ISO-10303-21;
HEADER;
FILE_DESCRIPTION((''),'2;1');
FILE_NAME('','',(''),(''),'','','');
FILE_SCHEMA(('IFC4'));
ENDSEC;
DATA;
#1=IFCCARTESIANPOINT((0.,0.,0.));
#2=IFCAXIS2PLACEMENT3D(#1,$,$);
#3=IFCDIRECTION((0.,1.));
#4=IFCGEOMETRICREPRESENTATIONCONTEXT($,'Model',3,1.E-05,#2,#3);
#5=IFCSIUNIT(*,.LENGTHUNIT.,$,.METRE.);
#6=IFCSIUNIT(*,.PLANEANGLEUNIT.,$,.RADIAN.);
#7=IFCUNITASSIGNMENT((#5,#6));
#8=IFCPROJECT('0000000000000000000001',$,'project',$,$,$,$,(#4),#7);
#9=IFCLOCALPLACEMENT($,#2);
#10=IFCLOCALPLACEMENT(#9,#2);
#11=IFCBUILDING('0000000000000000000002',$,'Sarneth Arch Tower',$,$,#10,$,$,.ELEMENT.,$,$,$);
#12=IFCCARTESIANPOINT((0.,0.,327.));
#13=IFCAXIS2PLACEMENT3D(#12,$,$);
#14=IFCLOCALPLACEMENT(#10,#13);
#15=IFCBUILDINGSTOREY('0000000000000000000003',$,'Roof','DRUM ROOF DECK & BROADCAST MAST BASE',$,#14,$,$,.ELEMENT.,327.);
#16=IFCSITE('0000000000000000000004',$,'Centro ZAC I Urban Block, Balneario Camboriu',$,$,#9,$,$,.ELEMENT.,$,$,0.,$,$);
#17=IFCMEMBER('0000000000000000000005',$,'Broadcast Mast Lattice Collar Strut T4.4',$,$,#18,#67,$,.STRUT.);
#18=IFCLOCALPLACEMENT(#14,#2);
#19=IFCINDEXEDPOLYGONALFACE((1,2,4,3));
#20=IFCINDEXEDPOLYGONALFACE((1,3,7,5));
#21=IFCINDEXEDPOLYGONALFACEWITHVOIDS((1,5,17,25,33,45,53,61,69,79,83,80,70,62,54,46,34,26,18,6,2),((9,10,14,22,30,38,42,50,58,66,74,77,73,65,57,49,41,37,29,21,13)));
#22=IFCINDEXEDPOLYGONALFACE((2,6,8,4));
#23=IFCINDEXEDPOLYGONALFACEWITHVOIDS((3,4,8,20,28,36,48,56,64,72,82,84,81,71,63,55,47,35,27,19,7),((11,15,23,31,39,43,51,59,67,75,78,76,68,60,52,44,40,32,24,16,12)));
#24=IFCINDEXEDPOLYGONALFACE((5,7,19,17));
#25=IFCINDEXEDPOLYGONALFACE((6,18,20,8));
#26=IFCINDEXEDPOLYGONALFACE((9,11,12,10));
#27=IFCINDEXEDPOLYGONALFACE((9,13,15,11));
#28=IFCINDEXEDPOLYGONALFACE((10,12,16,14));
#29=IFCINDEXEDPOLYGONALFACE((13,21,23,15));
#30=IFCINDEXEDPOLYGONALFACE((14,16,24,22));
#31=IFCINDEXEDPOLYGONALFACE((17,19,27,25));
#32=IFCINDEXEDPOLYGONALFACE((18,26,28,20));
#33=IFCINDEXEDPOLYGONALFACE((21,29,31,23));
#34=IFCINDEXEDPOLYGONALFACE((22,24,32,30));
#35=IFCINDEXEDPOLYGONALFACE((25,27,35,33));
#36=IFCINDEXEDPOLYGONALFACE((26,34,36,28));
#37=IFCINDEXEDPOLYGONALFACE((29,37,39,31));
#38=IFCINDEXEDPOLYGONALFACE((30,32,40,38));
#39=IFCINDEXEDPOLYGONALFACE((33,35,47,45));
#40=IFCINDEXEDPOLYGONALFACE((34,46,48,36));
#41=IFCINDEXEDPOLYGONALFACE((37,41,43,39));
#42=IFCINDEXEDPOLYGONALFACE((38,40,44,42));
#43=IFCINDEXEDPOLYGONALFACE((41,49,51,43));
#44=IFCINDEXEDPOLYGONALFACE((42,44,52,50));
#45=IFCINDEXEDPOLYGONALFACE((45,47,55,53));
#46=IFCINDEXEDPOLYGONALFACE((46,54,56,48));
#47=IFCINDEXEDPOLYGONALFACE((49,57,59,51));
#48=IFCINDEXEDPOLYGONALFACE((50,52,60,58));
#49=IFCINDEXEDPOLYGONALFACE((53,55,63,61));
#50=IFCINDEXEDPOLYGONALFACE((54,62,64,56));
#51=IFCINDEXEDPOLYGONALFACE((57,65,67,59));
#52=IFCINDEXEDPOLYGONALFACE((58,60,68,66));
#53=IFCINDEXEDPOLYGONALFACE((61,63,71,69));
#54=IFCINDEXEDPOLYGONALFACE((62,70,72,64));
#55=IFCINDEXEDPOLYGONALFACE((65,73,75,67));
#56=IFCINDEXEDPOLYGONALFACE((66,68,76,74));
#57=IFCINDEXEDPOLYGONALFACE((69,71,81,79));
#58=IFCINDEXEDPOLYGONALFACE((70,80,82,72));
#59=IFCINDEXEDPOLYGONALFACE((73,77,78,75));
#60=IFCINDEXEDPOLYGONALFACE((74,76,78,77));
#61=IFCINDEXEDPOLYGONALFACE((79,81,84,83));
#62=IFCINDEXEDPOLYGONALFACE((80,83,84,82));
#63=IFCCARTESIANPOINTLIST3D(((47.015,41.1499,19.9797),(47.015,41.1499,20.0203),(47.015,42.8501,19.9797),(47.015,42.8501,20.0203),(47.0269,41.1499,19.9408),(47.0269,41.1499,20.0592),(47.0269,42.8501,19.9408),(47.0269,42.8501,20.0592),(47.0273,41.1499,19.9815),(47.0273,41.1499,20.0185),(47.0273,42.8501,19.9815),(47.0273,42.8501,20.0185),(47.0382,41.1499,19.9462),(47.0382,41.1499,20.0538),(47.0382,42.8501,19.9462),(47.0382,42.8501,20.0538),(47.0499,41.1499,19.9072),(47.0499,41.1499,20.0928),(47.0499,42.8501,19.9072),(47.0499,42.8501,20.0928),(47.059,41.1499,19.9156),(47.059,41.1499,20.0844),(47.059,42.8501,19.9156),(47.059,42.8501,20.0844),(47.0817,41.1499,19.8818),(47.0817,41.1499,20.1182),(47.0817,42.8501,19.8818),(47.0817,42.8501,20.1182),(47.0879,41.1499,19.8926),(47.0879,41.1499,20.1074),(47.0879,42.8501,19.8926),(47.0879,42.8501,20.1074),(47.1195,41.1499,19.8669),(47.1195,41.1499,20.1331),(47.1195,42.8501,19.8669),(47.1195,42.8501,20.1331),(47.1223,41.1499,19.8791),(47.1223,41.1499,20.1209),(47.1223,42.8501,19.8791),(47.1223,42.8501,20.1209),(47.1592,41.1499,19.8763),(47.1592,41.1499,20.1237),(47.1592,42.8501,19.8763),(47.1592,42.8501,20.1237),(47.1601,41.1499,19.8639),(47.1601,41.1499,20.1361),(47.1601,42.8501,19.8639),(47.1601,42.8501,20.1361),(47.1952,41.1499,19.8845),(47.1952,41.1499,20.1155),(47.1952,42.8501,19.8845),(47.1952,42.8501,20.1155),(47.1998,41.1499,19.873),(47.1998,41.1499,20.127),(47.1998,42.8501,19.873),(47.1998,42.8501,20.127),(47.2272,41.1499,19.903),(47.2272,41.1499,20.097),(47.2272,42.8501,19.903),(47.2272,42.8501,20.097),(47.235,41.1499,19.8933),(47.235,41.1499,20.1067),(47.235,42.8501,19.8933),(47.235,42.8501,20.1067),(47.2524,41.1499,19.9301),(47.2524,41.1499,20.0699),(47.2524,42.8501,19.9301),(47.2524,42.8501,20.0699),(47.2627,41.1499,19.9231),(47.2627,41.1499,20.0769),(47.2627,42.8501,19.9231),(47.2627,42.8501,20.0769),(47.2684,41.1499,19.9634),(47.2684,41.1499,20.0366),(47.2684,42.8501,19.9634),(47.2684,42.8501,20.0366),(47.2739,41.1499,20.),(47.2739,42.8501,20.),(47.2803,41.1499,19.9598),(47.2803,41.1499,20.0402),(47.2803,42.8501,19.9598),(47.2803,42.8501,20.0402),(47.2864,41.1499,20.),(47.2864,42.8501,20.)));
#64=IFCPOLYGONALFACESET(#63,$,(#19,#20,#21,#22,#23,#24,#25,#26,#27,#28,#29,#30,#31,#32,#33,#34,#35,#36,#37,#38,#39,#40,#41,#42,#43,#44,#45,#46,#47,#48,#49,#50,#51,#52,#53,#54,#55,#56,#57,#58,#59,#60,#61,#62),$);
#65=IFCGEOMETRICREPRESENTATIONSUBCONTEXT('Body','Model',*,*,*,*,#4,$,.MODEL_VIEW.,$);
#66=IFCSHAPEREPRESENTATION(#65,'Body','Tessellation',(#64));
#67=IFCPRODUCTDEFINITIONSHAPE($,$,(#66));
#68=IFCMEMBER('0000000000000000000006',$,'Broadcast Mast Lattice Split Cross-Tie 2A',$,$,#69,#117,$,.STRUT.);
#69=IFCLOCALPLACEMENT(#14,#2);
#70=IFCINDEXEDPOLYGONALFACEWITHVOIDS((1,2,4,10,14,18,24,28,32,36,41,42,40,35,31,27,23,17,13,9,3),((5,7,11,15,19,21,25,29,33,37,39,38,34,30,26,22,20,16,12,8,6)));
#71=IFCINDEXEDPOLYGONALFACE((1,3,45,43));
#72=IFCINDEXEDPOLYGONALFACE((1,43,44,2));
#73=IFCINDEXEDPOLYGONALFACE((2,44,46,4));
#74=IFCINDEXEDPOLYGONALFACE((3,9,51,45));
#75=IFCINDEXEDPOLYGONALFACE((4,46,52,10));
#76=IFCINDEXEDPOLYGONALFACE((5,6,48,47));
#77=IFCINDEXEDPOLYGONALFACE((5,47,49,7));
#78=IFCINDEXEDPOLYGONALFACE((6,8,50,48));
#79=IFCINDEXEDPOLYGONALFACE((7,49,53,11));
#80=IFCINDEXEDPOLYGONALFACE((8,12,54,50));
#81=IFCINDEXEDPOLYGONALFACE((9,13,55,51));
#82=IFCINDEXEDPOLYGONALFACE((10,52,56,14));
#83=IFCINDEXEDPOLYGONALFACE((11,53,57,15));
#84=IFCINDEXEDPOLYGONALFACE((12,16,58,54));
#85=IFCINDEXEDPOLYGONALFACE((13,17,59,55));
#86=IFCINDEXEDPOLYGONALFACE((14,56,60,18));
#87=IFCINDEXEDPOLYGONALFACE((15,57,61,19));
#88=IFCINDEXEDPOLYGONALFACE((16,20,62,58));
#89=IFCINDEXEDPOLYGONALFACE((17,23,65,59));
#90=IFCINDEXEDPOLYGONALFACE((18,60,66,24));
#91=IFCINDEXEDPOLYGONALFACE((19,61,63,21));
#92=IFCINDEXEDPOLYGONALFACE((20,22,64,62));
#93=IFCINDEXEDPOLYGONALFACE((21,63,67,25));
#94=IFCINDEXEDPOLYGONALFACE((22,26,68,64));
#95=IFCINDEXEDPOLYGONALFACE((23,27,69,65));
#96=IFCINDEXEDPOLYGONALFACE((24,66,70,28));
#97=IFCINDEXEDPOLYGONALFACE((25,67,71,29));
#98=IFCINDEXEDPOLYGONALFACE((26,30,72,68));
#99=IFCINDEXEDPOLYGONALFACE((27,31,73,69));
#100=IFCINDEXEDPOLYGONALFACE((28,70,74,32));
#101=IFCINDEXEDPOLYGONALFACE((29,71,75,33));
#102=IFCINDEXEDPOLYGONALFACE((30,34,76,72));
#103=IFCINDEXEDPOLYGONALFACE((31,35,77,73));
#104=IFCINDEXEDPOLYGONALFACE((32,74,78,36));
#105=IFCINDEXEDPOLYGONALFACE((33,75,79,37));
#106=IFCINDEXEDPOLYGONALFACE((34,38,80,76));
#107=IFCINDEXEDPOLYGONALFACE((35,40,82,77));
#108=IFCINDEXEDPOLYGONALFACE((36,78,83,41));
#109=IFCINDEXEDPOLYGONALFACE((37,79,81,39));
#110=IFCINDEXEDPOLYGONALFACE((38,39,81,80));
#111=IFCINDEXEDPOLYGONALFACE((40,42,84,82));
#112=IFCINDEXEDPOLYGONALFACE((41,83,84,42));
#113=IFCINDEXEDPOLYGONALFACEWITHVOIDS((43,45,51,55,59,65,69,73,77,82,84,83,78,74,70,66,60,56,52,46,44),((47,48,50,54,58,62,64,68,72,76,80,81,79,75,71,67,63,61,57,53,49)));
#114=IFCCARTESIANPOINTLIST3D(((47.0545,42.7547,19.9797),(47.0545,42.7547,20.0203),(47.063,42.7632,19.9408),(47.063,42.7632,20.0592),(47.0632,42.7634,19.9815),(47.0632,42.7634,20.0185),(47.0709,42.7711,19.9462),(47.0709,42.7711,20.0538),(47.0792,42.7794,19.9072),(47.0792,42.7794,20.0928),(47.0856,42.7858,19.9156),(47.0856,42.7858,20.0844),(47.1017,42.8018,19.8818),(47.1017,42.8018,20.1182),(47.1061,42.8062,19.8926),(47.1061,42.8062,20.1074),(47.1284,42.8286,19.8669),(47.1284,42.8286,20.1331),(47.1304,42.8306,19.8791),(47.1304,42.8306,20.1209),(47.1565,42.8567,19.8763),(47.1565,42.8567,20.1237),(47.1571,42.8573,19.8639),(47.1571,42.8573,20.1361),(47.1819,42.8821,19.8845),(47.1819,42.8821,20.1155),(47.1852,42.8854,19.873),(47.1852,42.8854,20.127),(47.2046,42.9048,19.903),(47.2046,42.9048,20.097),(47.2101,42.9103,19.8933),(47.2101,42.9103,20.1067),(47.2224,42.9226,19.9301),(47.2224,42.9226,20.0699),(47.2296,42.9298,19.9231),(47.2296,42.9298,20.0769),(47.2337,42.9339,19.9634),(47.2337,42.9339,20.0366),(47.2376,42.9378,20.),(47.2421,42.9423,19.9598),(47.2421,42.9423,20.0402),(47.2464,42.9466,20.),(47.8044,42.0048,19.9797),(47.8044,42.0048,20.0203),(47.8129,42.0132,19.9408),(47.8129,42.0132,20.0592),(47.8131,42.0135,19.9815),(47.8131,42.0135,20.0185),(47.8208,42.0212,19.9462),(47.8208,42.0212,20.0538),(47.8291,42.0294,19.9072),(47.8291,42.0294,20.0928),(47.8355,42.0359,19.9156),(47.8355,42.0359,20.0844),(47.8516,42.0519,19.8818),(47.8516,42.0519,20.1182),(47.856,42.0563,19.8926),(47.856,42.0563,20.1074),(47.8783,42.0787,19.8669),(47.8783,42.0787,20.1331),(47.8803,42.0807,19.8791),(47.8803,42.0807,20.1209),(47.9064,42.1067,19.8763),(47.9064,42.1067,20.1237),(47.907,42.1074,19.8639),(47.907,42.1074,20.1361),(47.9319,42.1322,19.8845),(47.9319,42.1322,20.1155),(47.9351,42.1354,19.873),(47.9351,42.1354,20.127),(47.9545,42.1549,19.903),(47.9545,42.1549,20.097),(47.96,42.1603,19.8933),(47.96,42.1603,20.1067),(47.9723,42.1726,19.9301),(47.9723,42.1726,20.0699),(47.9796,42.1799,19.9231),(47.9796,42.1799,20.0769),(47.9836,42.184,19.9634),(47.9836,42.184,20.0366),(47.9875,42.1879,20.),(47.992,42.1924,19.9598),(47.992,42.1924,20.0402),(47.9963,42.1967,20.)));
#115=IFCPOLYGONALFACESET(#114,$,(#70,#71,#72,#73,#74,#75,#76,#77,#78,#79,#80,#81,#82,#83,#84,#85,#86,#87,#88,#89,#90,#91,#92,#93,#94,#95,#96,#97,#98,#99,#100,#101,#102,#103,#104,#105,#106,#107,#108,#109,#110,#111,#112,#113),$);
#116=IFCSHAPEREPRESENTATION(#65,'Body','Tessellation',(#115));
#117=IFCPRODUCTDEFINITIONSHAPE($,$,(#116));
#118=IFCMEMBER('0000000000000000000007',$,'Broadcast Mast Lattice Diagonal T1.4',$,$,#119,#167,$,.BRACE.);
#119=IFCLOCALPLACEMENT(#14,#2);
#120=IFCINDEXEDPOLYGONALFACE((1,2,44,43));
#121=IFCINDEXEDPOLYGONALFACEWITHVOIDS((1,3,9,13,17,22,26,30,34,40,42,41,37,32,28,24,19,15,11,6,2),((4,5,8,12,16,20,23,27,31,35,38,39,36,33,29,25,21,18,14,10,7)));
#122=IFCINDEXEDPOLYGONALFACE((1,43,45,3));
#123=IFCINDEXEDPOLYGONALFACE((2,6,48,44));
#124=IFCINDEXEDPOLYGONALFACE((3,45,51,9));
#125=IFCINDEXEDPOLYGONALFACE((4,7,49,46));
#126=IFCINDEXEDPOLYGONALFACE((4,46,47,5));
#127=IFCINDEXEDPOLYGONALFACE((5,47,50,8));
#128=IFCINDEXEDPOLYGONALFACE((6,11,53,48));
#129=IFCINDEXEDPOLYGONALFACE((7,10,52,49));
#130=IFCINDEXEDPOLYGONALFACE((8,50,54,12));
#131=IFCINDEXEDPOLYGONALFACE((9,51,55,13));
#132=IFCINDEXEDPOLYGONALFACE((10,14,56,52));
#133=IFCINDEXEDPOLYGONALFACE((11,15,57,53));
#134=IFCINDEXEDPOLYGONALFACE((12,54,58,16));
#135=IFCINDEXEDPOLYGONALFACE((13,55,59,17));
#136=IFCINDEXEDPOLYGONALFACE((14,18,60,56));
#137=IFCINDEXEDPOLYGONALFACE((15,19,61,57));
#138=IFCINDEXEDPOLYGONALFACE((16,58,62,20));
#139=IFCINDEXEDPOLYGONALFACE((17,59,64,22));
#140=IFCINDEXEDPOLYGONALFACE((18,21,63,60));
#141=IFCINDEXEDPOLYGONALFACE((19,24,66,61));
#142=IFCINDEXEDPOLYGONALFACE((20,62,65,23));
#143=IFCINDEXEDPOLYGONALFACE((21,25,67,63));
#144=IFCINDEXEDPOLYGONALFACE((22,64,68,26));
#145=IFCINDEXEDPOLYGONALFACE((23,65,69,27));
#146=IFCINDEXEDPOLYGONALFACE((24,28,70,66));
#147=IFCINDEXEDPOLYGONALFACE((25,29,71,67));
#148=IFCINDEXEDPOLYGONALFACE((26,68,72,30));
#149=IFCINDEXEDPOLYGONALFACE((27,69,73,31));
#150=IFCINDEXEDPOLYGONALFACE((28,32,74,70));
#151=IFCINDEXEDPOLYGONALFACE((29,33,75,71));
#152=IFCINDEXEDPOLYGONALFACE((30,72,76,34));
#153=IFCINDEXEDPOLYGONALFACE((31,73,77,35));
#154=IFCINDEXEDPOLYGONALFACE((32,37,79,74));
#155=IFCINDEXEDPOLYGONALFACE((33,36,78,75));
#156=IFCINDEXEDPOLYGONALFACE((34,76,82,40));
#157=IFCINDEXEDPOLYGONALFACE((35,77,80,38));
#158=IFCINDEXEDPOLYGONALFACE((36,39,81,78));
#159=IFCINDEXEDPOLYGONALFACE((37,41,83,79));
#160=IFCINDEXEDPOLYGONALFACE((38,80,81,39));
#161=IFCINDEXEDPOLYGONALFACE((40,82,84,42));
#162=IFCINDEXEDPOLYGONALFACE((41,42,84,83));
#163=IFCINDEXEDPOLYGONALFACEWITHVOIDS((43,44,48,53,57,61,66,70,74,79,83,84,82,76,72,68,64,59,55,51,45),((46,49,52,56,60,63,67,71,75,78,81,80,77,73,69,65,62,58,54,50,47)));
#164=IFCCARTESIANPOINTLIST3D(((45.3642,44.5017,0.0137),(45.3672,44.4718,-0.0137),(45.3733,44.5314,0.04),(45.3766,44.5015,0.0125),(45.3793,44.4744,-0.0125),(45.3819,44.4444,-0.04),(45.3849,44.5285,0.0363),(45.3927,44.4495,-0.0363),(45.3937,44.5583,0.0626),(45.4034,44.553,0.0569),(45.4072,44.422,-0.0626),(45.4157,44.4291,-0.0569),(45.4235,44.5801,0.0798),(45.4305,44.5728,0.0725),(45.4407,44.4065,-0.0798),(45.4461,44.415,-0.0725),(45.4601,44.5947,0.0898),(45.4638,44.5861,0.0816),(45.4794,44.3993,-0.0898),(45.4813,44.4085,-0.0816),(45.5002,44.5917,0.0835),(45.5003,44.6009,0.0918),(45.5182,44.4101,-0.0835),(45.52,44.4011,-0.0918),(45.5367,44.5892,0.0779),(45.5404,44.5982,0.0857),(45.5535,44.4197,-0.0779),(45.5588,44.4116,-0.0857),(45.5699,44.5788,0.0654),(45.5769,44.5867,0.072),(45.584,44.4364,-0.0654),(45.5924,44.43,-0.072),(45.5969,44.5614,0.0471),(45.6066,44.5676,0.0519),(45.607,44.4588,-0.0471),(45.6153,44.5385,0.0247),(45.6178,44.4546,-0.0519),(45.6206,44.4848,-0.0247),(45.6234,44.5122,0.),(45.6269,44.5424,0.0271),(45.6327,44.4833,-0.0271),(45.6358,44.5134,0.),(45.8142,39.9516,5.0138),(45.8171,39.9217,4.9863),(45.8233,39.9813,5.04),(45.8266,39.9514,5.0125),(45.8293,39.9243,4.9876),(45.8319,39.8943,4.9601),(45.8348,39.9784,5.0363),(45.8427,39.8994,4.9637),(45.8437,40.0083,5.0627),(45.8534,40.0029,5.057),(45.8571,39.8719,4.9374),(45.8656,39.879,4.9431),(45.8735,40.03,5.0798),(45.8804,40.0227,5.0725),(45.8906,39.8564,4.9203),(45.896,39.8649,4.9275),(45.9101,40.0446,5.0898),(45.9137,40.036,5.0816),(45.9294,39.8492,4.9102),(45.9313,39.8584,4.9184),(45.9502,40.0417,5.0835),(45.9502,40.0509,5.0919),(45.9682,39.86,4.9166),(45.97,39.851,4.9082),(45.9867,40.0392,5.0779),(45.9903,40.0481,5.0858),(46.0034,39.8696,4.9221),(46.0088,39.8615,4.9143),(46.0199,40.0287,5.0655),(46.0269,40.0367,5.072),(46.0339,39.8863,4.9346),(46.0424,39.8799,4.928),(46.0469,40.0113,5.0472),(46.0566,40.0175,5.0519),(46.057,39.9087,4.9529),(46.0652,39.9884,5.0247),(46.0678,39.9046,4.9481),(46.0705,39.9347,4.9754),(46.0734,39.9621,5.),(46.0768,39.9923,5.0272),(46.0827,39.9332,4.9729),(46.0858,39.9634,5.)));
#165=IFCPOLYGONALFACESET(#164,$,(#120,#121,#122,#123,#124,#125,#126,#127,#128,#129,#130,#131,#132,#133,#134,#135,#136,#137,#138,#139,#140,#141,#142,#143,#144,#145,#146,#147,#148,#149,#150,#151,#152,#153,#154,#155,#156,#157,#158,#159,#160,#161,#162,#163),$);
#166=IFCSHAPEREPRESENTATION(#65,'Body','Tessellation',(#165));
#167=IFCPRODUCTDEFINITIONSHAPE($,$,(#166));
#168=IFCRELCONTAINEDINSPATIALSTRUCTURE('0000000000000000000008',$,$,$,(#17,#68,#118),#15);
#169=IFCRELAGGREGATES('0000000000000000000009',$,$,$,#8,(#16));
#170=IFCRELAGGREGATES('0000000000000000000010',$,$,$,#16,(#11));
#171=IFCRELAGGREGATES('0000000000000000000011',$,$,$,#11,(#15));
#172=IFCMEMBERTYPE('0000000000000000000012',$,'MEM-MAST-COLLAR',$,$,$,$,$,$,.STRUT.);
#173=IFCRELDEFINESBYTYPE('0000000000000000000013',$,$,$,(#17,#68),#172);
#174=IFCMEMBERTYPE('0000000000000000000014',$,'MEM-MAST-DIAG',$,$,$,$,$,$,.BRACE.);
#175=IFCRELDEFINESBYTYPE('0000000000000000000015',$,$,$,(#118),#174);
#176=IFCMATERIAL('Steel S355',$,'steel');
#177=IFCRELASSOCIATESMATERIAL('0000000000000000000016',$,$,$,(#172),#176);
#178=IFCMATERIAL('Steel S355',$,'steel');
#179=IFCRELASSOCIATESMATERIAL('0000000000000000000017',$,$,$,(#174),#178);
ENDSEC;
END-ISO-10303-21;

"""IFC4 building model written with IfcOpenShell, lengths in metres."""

from ifc_helpers import new_model, si_unit, direction, frame, origin, origin_2d, place, context, subcontext, project, spatial, hollow_circle, extrude, material, material_profile, profile_set, type_object, element, save


model = new_model("IFC4")

# Units and contexts
model_context = context("Model", 3, precision=1e-05, world=origin(), true_north=direction((0.0, 1.0)))
body_context = subcontext(model_context, "Body", "Model", "MODEL_VIEW")
ifc_project = project(units=[si_unit("LENGTHUNIT", "METRE"), si_unit("PLANEANGLEUNIT", "RADIAN")], contexts=[model_context])

# Site, building, storey
site_placement = place(None, origin())
site = spatial("IfcSite", under=ifc_project, at=site_placement, Name="Centro ZAC I Urban Block, Balneario Camboriu", CompositionType="ELEMENT", RefElevation=0.0)
building_placement = place(site_placement, origin())
building = spatial("IfcBuilding", under=site, at=building_placement, Name="Sarneth Arch Tower", CompositionType="ELEMENT")
storey_placement = place(building_placement, frame((0.0, 0.0, 327.0)))
storey = spatial("IfcBuildingStorey", under=building, at=storey_placement, Name="Roof", Description="DRUM ROOF DECK & BROADCAST MAST BASE", CompositionType="ELEMENT", Elevation=327.0)

# Members
ifc_material_1 = material(Name="Steel S355", Category="steel")
ifc_material_profile_1 = material_profile(ifc_material_1, hollow_circle(Radius=0.1365, WallThickness=0.0125, at=origin_2d()), Name="CHS273x12.5")
ifc_profile_set_1 = profile_set([ifc_material_profile_1], Name="Steel S355")
member_type_1 = type_object("IfcMemberType", Name="MEM-MAST-COLLAR", PredefinedType="STRUT", material=ifc_profile_set_1)
member_1_placement = place(storey_placement, frame((47.1499, 42.8501, 20.0), z_axis=(0.0, -1.0, 0.0), x_axis=(1.0, 0.0, 0.0)))
element("IfcMember", 1, at=member_1_placement, inside=storey, type_object=member_type_1, Name="Broadcast Mast Lattice Collar Strut T4.4", PredefinedType="STRUT", context=body_context, shape_type="SweptSolid", body=[
    extrude(hollow_circle(Radius=0.1365, WallThickness=0.0125, at=origin_2d()), origin(), (0.0, 0.0, 1.0), 1.7002),
])
member_2_placement = place(storey_placement, frame((47.1499, 42.8501, 20.0), z_axis=(0.707107, -0.707107, 0.0), x_axis=(0.707107, 0.707107, 0.0)))
element("IfcMember", 2, at=member_2_placement, inside=storey, type_object=member_type_1, Name="Broadcast Mast Lattice Split Cross-Tie 2A", PredefinedType="STRUT", context=body_context, shape_type="SweptSolid", body=[
    extrude(hollow_circle(Radius=0.1365, WallThickness=0.0125, at=origin_2d()), origin(), (0.0, 0.0, 1.0), 1.0605),
])
ifc_material_2 = material(Name="Steel S355", Category="steel")
ifc_material_profile_2 = material_profile(ifc_material_2, hollow_circle(Radius=0.1365, WallThickness=0.0125, at=origin_2d()), Name="CHS273x12.5")
ifc_profile_set_2 = profile_set([ifc_material_profile_2], Name="Steel S355")
member_type_2 = type_object("IfcMemberType", Name="MEM-MAST-DIAG", PredefinedType="BRACE", material=ifc_profile_set_2)
member_3_placement = place(storey_placement, frame((45.5, 44.5, 0.0), z_axis=(0.06641, -0.671559, 0.737969), x_axis=(0.995146, 0.098409, 0.0)))
element("IfcMember", 3, at=member_3_placement, inside=storey, type_object=member_type_2, Name="Broadcast Mast Lattice Diagonal T1.4", PredefinedType="BRACE", context=body_context, shape_type="SweptSolid", body=[
    extrude(hollow_circle(Radius=0.1365, WallThickness=0.0125, at=origin_2d()), origin(), (0.0, 0.0, 1.0), 6.7754),
])

save(model, "model.ifc")
